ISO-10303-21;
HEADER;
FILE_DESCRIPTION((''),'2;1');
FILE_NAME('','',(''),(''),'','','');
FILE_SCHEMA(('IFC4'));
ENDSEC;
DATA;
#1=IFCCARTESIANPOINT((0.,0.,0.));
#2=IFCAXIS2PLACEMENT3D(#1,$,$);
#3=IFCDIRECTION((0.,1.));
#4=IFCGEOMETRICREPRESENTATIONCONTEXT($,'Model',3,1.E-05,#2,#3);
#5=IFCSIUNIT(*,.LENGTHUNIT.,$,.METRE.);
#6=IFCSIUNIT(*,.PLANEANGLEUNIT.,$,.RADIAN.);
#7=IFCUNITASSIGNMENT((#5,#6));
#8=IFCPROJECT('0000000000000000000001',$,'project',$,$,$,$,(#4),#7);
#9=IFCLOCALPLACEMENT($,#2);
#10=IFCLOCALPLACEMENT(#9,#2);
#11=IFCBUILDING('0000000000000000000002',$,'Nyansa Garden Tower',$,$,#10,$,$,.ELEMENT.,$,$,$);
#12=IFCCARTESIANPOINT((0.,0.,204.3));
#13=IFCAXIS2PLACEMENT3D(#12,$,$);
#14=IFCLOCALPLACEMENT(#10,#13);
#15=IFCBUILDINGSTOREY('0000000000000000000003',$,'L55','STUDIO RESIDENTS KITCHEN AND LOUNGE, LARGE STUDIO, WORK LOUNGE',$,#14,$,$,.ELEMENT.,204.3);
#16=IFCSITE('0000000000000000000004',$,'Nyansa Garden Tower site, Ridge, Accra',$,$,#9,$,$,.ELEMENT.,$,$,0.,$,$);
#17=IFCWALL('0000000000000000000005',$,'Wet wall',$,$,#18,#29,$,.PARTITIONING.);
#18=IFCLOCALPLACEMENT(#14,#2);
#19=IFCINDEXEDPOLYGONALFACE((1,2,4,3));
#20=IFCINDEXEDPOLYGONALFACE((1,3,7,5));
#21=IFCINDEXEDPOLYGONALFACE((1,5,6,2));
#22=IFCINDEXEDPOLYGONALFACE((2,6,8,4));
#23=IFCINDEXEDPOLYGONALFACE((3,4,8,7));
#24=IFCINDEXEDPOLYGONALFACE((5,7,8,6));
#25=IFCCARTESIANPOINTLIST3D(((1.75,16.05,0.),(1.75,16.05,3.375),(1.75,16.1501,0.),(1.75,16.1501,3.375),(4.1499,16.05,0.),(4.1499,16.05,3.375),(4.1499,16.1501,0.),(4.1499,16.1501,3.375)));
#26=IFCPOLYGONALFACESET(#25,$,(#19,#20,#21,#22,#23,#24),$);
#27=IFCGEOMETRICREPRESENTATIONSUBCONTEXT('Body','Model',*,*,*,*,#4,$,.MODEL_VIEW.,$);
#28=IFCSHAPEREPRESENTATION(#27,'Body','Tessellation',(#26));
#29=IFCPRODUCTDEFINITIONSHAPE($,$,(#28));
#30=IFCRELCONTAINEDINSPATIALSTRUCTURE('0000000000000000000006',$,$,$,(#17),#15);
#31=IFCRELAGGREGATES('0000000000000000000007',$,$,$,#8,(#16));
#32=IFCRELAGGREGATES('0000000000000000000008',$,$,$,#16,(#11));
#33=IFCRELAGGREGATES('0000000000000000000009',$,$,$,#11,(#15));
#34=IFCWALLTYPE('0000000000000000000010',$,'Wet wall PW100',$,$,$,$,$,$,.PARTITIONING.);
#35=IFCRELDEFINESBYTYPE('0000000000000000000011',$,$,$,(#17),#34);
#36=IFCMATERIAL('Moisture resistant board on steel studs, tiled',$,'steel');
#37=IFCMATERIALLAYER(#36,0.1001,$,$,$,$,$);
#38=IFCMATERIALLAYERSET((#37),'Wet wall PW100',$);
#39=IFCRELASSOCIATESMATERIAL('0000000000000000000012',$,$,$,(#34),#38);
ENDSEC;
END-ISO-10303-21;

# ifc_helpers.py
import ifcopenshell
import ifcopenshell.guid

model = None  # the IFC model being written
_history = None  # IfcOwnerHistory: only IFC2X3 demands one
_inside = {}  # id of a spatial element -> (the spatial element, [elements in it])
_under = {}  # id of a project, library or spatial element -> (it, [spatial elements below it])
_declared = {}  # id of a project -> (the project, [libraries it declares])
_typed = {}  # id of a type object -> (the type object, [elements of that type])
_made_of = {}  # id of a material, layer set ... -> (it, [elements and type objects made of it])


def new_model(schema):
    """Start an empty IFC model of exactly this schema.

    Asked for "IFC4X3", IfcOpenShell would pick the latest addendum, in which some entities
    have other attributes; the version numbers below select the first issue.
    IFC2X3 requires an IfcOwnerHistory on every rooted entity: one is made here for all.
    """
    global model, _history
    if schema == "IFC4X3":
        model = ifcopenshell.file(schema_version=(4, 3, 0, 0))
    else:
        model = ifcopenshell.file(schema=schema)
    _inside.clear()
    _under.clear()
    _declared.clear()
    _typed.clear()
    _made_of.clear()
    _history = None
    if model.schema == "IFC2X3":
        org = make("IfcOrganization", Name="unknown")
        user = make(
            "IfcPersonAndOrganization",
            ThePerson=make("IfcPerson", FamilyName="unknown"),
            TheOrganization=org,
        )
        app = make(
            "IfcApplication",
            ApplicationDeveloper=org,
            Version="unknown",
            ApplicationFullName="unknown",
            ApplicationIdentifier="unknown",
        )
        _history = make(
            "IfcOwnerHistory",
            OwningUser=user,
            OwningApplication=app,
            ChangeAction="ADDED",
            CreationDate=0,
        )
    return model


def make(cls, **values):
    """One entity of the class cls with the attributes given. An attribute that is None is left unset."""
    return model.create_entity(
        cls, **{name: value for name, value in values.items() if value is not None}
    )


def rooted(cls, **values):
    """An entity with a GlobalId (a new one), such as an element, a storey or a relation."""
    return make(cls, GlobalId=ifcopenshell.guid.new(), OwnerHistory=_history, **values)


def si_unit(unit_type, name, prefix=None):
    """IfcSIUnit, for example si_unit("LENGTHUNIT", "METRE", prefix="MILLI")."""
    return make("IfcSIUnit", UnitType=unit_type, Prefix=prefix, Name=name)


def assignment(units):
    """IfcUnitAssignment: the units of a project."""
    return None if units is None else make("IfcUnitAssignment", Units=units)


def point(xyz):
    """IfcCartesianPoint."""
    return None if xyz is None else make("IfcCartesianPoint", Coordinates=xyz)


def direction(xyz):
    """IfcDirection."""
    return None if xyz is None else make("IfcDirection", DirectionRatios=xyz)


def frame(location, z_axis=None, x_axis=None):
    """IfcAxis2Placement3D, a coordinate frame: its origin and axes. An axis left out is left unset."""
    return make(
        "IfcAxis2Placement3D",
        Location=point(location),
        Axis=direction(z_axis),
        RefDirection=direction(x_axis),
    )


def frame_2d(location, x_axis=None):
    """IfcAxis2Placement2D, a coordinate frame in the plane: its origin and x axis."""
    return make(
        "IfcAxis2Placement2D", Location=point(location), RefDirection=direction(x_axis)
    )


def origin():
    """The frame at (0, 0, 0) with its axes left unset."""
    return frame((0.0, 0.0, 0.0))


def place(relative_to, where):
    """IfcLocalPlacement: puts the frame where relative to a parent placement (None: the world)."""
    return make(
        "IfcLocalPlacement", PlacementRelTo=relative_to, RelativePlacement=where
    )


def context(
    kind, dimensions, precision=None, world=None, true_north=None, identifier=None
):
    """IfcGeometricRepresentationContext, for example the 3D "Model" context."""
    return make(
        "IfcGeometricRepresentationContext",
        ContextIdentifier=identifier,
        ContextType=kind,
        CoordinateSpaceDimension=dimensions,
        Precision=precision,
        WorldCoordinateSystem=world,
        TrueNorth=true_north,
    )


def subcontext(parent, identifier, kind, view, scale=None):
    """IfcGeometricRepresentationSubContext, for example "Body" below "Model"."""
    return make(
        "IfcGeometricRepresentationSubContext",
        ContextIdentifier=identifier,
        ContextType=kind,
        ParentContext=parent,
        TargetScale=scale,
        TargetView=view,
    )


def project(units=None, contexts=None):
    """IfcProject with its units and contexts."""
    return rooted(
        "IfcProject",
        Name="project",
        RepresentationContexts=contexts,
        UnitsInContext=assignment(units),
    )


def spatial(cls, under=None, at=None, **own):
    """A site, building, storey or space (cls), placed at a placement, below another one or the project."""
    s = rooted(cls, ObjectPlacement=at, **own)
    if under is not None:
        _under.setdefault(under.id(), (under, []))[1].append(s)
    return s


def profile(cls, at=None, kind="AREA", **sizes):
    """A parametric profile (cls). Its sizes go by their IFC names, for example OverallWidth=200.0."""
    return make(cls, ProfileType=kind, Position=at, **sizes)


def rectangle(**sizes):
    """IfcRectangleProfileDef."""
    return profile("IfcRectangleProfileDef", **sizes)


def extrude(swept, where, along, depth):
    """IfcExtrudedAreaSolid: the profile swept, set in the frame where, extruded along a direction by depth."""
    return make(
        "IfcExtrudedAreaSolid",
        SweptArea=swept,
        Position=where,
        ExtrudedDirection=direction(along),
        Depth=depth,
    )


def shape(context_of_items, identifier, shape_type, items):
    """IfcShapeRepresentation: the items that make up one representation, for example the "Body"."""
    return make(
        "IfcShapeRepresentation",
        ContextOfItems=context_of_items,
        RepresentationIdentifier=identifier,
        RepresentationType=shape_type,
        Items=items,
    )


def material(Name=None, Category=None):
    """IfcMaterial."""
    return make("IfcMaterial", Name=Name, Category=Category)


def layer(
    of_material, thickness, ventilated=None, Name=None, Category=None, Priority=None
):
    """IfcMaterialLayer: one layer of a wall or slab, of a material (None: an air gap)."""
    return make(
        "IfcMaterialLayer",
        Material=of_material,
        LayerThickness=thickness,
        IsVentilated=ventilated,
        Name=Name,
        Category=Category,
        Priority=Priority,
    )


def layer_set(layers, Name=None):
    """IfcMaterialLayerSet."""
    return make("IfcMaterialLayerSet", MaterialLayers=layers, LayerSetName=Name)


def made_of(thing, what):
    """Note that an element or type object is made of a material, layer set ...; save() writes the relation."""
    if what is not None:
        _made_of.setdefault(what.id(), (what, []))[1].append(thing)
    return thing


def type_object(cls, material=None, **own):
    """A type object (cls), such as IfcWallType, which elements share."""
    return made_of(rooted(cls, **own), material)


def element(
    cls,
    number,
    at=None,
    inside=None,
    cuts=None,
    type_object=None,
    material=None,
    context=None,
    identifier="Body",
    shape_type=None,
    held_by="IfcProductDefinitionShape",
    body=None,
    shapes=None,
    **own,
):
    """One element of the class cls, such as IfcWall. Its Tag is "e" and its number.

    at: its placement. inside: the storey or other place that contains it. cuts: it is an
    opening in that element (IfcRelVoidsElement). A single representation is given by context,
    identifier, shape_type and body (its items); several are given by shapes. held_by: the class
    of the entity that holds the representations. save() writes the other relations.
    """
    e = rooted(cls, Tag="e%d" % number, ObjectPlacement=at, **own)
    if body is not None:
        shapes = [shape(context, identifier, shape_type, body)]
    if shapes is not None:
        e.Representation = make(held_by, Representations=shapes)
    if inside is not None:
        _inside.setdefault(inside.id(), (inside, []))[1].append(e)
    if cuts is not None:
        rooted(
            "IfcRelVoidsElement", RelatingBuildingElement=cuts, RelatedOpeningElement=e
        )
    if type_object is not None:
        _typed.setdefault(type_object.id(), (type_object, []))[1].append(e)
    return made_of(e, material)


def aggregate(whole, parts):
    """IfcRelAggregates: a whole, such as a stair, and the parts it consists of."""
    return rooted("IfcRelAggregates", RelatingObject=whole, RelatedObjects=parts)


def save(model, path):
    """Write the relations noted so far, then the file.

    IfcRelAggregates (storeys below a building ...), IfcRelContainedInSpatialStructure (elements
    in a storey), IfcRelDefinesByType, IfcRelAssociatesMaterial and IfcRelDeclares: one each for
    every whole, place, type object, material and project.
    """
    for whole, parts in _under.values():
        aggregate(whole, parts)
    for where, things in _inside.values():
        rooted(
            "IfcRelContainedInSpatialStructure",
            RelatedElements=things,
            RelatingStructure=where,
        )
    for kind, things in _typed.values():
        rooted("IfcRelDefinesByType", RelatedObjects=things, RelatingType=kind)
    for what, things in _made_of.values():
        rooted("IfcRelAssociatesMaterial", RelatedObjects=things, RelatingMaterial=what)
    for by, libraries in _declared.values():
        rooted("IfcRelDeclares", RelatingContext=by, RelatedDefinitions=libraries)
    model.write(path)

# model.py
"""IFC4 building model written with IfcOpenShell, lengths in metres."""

from ifc_helpers import new_model, si_unit, direction, frame, frame_2d, origin, place, context, subcontext, project, spatial, rectangle, extrude, material, layer, layer_set, type_object, element, save


model = new_model("IFC4")

# Units and contexts
model_context = context("Model", 3, precision=1e-05, world=origin(), true_north=direction((0.0, 1.0)))
body_context = subcontext(model_context, "Body", "Model", "MODEL_VIEW")
ifc_project = project(units=[si_unit("LENGTHUNIT", "METRE"), si_unit("PLANEANGLEUNIT", "RADIAN")], contexts=[model_context])

# Site, building, storey
site_placement = place(None, origin())
site = spatial("IfcSite", under=ifc_project, at=site_placement, Name="Nyansa Garden Tower site, Ridge, Accra", CompositionType="ELEMENT", RefElevation=0.0)
building_placement = place(site_placement, origin())
building = spatial("IfcBuilding", under=site, at=building_placement, Name="Nyansa Garden Tower", CompositionType="ELEMENT")
storey_placement = place(building_placement, frame((0.0, 0.0, 204.3)))
storey = spatial("IfcBuildingStorey", under=building, at=storey_placement, Name="L55", Description="STUDIO RESIDENTS KITCHEN AND LOUNGE, LARGE STUDIO, WORK LOUNGE", CompositionType="ELEMENT", Elevation=204.3)

# Shared definitions
ifc_material_1 = material(Name="Moisture resistant board on steel studs, tiled", Category="steel")
ifc_layer_1 = layer(ifc_material_1, 0.1001)
ifc_layer_set_1 = layer_set([ifc_layer_1], Name="Wet wall PW100")
wall_type_1 = type_object("IfcWallType", Name="Wet wall PW100", PredefinedType="PARTITIONING", material=ifc_layer_set_1)

# Wall
wall_1_placement = place(storey_placement, frame((1.75, 16.1001, 0.0), z_axis=(0.0, 0.0, 1.0), x_axis=(1.0, 0.0, 0.0)))
element("IfcWall", 1, at=wall_1_placement, inside=storey, type_object=wall_type_1, Name="Wet wall", PredefinedType="PARTITIONING", context=body_context, shape_type="SweptSolid", body=[
    extrude(rectangle(XDim=2.3999, YDim=0.1001, at=frame_2d((1.2, 0.0))), origin(), (0.0, 0.0, 1.0), 3.375),
])

save(model, "model.ifc")
